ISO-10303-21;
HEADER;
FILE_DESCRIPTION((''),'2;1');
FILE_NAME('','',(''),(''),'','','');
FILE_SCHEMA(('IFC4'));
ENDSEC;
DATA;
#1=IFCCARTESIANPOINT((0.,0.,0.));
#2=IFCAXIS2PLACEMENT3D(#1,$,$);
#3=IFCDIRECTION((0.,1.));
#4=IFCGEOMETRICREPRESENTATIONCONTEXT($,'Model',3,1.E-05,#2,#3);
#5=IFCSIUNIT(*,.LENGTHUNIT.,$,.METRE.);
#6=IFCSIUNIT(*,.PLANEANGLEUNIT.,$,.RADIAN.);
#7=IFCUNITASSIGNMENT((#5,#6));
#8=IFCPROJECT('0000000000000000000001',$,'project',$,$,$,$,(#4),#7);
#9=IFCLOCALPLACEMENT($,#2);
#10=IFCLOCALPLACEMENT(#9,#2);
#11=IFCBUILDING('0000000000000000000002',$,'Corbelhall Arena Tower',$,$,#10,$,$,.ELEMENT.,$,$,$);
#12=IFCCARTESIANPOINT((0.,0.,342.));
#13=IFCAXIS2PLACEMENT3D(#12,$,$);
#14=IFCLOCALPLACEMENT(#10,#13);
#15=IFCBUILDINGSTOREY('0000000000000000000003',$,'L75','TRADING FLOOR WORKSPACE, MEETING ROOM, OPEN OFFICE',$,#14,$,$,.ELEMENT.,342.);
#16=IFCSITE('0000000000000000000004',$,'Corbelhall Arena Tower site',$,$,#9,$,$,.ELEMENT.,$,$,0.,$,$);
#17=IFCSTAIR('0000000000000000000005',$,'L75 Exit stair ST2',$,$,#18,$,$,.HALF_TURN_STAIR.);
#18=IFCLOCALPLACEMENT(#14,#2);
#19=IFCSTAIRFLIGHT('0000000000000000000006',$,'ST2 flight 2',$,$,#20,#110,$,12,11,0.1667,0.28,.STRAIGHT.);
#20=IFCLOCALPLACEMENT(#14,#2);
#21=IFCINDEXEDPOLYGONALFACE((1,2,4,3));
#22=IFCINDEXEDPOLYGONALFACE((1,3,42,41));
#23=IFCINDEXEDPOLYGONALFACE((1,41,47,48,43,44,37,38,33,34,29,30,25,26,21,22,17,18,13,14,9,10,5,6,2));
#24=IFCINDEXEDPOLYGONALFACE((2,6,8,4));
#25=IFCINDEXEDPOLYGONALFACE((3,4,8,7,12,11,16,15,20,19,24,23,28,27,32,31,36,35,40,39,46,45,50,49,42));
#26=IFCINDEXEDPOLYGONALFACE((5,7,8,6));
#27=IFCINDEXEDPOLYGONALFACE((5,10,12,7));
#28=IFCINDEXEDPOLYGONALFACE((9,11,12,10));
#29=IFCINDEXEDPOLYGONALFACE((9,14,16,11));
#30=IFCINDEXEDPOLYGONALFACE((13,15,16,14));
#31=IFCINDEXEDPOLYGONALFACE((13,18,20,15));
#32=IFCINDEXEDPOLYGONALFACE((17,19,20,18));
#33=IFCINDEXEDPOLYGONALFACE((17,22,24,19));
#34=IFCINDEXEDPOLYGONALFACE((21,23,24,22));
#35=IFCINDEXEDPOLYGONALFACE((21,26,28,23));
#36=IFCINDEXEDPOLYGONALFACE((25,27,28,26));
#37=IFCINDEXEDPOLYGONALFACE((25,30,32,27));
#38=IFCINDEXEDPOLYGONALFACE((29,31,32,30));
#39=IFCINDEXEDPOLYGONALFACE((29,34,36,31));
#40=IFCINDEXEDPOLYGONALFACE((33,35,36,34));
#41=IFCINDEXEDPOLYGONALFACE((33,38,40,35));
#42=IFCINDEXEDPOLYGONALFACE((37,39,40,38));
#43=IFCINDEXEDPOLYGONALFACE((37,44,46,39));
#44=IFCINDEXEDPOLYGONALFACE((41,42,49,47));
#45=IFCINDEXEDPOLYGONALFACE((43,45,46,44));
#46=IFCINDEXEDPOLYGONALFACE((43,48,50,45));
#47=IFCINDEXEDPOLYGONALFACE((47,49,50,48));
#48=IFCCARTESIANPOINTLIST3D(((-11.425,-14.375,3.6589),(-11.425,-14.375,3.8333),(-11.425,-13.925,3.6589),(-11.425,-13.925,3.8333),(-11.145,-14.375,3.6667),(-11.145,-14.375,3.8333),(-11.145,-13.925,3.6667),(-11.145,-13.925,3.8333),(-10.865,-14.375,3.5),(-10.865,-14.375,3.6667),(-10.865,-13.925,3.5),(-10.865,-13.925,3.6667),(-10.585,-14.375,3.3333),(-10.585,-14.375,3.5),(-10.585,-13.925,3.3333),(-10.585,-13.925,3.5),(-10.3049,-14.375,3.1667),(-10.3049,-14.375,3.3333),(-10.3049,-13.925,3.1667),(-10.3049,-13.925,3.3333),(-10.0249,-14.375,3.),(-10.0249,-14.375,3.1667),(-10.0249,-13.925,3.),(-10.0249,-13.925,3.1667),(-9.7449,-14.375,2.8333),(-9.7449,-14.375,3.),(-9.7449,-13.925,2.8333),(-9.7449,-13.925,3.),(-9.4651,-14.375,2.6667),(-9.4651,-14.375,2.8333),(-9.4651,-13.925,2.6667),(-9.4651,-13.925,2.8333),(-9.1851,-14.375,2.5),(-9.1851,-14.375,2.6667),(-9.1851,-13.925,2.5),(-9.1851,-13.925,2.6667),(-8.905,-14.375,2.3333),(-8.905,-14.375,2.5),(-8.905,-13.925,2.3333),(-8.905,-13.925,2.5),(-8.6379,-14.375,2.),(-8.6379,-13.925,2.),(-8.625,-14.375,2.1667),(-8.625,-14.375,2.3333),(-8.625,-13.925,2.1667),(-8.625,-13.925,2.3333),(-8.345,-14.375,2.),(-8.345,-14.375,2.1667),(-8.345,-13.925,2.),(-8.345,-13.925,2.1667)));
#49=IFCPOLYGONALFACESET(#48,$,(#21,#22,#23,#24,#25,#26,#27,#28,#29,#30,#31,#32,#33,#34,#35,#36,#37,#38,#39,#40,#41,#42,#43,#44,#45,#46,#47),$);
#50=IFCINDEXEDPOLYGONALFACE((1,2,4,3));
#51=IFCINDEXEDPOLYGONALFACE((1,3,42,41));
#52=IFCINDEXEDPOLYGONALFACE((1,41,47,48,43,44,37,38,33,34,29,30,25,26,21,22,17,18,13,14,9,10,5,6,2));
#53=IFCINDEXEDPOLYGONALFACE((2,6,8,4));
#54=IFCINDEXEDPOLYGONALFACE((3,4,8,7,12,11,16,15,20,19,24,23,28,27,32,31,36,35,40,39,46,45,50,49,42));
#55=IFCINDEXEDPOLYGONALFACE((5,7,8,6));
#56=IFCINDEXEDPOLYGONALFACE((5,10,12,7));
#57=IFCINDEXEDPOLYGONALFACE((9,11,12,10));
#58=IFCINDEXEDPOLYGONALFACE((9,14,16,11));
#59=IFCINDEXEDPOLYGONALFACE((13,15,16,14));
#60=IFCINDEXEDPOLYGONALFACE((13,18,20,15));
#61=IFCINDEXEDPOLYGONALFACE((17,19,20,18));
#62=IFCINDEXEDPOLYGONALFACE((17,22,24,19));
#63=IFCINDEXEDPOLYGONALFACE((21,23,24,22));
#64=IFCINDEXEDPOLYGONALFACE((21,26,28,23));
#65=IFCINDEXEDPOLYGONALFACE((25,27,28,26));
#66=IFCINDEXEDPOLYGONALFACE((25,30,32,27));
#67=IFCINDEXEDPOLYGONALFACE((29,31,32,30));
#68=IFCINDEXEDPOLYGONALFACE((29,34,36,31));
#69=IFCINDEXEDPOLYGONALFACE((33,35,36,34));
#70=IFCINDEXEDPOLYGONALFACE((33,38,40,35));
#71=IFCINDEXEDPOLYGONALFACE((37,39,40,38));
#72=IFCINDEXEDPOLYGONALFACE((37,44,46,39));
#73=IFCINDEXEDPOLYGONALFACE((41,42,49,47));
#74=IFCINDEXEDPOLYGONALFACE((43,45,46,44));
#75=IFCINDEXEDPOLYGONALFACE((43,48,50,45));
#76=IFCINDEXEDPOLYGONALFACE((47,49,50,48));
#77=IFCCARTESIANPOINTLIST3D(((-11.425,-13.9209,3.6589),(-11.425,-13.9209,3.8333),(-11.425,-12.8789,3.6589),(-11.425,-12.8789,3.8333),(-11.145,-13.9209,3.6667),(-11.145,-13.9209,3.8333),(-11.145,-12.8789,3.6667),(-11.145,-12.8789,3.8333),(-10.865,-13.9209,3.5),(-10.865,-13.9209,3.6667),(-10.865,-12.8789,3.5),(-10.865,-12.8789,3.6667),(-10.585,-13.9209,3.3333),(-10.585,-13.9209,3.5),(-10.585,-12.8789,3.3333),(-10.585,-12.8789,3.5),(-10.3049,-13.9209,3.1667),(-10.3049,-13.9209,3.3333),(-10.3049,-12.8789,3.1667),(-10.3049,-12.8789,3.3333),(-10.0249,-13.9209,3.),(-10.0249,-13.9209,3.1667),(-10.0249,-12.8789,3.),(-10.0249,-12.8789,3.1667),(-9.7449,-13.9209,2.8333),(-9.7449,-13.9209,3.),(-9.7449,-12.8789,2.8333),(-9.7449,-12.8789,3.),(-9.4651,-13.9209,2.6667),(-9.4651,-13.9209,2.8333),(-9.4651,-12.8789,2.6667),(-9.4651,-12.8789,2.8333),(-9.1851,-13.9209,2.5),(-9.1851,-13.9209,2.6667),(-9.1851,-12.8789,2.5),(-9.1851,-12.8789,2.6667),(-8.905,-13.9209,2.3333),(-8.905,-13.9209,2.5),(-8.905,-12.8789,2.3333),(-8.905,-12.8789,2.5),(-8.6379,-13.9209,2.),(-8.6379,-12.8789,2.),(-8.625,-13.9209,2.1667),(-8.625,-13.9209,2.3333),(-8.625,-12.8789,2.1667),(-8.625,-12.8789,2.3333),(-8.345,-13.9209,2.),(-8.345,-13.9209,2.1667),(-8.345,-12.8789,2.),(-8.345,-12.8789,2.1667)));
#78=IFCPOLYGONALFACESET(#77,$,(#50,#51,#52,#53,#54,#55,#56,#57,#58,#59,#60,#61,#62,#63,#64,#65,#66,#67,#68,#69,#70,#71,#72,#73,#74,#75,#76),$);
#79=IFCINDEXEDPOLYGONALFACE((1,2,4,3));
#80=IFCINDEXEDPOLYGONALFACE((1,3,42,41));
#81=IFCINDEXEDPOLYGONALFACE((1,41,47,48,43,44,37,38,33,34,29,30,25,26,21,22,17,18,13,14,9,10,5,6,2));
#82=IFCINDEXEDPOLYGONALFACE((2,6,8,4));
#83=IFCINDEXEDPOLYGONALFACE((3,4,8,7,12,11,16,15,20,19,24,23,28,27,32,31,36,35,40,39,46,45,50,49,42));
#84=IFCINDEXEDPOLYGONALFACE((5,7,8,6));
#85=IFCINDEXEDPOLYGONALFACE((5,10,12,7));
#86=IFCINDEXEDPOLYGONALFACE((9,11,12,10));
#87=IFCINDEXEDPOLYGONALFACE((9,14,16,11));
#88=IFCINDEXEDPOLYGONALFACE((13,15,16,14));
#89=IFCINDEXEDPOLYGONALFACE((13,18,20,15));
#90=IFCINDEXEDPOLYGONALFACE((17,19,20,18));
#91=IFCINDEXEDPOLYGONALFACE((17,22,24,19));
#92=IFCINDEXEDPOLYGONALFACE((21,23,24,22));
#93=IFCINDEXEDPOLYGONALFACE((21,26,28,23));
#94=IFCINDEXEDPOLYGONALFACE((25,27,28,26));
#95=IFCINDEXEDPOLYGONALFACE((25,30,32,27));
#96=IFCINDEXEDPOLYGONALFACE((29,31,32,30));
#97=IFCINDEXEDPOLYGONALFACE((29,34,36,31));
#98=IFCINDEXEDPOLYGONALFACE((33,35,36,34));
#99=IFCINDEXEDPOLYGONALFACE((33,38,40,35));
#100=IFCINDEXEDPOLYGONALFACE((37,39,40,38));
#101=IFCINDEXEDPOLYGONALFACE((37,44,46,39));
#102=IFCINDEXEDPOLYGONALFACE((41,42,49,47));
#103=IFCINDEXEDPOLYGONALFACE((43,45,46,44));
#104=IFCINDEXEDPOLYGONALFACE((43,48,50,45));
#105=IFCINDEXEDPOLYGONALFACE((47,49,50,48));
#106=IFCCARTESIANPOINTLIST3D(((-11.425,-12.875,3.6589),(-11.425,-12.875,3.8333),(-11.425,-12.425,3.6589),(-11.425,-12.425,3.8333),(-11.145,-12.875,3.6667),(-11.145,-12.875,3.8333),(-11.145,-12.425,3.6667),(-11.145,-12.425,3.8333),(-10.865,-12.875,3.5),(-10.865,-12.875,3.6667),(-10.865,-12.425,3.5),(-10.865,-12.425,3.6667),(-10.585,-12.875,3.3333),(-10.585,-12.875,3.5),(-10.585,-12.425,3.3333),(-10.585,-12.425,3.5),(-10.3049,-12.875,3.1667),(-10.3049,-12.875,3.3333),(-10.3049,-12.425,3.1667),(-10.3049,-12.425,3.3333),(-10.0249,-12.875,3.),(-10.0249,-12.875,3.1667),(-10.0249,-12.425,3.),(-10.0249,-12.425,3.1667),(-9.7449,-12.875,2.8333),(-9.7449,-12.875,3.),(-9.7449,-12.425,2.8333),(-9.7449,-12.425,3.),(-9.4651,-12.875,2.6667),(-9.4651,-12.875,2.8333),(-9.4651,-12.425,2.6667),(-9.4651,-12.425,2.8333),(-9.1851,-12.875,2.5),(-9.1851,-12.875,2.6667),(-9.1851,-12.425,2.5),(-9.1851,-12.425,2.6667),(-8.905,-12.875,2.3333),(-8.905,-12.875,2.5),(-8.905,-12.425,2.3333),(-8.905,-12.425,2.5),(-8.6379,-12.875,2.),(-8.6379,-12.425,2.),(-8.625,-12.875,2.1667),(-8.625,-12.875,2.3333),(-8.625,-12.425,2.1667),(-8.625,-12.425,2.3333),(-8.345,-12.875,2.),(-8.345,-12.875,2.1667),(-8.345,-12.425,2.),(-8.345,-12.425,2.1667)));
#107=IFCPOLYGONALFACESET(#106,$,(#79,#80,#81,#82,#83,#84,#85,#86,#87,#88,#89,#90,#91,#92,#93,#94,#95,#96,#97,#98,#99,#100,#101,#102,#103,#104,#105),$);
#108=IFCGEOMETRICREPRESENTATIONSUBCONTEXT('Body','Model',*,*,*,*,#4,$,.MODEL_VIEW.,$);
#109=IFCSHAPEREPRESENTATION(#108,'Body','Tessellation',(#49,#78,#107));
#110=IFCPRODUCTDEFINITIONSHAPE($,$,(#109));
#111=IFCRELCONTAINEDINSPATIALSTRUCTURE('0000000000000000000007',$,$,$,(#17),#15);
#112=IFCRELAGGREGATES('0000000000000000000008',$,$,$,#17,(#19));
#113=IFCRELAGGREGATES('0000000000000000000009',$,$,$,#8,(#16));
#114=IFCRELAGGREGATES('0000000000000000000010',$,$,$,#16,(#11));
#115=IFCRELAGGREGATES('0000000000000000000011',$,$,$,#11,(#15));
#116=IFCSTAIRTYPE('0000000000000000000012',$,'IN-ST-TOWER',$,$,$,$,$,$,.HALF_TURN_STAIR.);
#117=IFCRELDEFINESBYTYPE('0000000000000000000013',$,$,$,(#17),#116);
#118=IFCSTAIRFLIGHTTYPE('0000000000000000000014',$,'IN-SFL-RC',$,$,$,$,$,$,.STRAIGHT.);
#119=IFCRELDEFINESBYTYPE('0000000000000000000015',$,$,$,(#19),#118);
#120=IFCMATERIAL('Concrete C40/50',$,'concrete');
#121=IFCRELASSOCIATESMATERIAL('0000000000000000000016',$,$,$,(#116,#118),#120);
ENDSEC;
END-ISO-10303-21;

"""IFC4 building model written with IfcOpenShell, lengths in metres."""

from ifc_helpers import new_model, si_unit, direction, frame, origin, place, context, subcontext, project, spatial, polyline, outline, extrude, material, type_object, element, aggregate, save


model = new_model("IFC4")

# Units and contexts
model_context = context("Model", 3, precision=1e-05, world=origin(), true_north=direction((0.0, 1.0)))
body_context = subcontext(model_context, "Body", "Model", "MODEL_VIEW")
ifc_project = project(units=[si_unit("LENGTHUNIT", "METRE"), si_unit("PLANEANGLEUNIT", "RADIAN")], contexts=[model_context])

# Site, building, storey
site_placement = place(None, origin())
site = spatial("IfcSite", under=ifc_project, at=site_placement, Name="Corbelhall Arena Tower site", CompositionType="ELEMENT", RefElevation=0.0)
building_placement = place(site_placement, origin())
building = spatial("IfcBuilding", under=site, at=building_placement, Name="Corbelhall Arena Tower", CompositionType="ELEMENT")
storey_placement = place(building_placement, frame((0.0, 0.0, 342.0)))
storey = spatial("IfcBuildingStorey", under=building, at=storey_placement, Name="L75", Description="TRADING FLOOR WORKSPACE, MEETING ROOM, OPEN OFFICE", CompositionType="ELEMENT", Elevation=342.0)

# Shared definitions
ifc_material_1 = material(Name="Concrete C40/50", Category="concrete")

# Stair, stair flight
stair_type = type_object("IfcStairType", Name="IN-ST-TOWER", PredefinedType="HALF_TURN_STAIR", material=ifc_material_1)
stair_placement = place(storey_placement, origin())
stair = element("IfcStair", 1, at=stair_placement, inside=storey, type_object=stair_type, Name="L75 Exit stair ST2", PredefinedType="HALF_TURN_STAIR")
stair_flight_type = type_object("IfcStairFlightType", Name="IN-SFL-RC", PredefinedType="STRAIGHT", material=ifc_material_1)
stair_flight_1_placement = place(storey_placement, frame((-8.345, -13.3999, 2.0), z_axis=(0.0, 0.0, 1.0), x_axis=(-1.0, 0.0, 0.0)))
stair_flight_1 = element("IfcStairFlight", 2, at=stair_flight_1_placement, type_object=stair_flight_type, Name="ST2 flight 2", NumberOfRisers=12, NumberOfTreads=11, PredefinedType="STRAIGHT", RiserHeight=0.1667, TreadLength=0.28, context=body_context, shape_type="SweptSolid", body=[
    extrude(outline(polyline([(0.0, 0.0), (0.0, 0.1667), (0.28, 0.1667), (0.28, 0.3333), (0.5601, 0.3333), (0.5601, 0.5), (0.8401, 0.5), (0.8401, 0.6667), (1.1201, 0.6667), (1.1201, 0.8333), (1.3999, 0.8333), (1.3999, 1.0), (1.6799, 1.0), (1.6799, 1.1667), (1.96, 1.1667), (1.96, 1.3333), (2.24, 1.3333), (2.24, 1.5), (2.52, 1.5), (2.52, 1.6667), (2.8, 1.6667), (2.8, 1.8333), (3.0801, 1.8333), (3.0801, 2.0), (3.0801, 1.6589), (0.293, 0.0), (0.0, 0.0)])), frame((0.0, 0.9751, 0.0), z_axis=(0.0, -1.0, 0.0), x_axis=(1.0, 0.0, 0.0)), (0.0, 0.0, 1.0), 0.45),
    extrude(outline(polyline([(0.0, 0.0), (0.0, 0.1667), (0.28, 0.1667), (0.28, 0.3333), (0.5601, 0.3333), (0.5601, 0.5), (0.8401, 0.5), (0.8401, 0.6667), (1.1201, 0.6667), (1.1201, 0.8333), (1.3999, 0.8333), (1.3999, 1.0), (1.6799, 1.0), (1.6799, 1.1667), (1.96, 1.1667), (1.96, 1.3333), (2.24, 1.3333), (2.24, 1.5), (2.52, 1.5), (2.52, 1.6667), (2.8, 1.6667), (2.8, 1.8333), (3.0801, 1.8333), (3.0801, 2.0), (3.0801, 1.6589), (0.293, 0.0), (0.0, 0.0)])), frame((0.0, 0.521, 0.0), z_axis=(0.0, -1.0, 0.0), x_axis=(1.0, 0.0, 0.0)), (0.0, 0.0, 1.0), 1.042),
    extrude(outline(polyline([(0.0, 0.0), (0.0, 0.1667), (0.28, 0.1667), (0.28, 0.3333), (0.5601, 0.3333), (0.5601, 0.5), (0.8401, 0.5), (0.8401, 0.6667), (1.1201, 0.6667), (1.1201, 0.8333), (1.3999, 0.8333), (1.3999, 1.0), (1.6799, 1.0), (1.6799, 1.1667), (1.96, 1.1667), (1.96, 1.3333), (2.24, 1.3333), (2.24, 1.5), (2.52, 1.5), (2.52, 1.6667), (2.8, 1.6667), (2.8, 1.8333), (3.0801, 1.8333), (3.0801, 2.0), (3.0801, 1.6589), (0.293, 0.0), (0.0, 0.0)])), frame((0.0, -0.5249, 0.0), z_axis=(0.0, -1.0, 0.0), x_axis=(1.0, 0.0, 0.0)), (0.0, 0.0, 1.0), 0.45),
])
aggregate(stair, [stair_flight_1])

save(model, "model.ifc")
